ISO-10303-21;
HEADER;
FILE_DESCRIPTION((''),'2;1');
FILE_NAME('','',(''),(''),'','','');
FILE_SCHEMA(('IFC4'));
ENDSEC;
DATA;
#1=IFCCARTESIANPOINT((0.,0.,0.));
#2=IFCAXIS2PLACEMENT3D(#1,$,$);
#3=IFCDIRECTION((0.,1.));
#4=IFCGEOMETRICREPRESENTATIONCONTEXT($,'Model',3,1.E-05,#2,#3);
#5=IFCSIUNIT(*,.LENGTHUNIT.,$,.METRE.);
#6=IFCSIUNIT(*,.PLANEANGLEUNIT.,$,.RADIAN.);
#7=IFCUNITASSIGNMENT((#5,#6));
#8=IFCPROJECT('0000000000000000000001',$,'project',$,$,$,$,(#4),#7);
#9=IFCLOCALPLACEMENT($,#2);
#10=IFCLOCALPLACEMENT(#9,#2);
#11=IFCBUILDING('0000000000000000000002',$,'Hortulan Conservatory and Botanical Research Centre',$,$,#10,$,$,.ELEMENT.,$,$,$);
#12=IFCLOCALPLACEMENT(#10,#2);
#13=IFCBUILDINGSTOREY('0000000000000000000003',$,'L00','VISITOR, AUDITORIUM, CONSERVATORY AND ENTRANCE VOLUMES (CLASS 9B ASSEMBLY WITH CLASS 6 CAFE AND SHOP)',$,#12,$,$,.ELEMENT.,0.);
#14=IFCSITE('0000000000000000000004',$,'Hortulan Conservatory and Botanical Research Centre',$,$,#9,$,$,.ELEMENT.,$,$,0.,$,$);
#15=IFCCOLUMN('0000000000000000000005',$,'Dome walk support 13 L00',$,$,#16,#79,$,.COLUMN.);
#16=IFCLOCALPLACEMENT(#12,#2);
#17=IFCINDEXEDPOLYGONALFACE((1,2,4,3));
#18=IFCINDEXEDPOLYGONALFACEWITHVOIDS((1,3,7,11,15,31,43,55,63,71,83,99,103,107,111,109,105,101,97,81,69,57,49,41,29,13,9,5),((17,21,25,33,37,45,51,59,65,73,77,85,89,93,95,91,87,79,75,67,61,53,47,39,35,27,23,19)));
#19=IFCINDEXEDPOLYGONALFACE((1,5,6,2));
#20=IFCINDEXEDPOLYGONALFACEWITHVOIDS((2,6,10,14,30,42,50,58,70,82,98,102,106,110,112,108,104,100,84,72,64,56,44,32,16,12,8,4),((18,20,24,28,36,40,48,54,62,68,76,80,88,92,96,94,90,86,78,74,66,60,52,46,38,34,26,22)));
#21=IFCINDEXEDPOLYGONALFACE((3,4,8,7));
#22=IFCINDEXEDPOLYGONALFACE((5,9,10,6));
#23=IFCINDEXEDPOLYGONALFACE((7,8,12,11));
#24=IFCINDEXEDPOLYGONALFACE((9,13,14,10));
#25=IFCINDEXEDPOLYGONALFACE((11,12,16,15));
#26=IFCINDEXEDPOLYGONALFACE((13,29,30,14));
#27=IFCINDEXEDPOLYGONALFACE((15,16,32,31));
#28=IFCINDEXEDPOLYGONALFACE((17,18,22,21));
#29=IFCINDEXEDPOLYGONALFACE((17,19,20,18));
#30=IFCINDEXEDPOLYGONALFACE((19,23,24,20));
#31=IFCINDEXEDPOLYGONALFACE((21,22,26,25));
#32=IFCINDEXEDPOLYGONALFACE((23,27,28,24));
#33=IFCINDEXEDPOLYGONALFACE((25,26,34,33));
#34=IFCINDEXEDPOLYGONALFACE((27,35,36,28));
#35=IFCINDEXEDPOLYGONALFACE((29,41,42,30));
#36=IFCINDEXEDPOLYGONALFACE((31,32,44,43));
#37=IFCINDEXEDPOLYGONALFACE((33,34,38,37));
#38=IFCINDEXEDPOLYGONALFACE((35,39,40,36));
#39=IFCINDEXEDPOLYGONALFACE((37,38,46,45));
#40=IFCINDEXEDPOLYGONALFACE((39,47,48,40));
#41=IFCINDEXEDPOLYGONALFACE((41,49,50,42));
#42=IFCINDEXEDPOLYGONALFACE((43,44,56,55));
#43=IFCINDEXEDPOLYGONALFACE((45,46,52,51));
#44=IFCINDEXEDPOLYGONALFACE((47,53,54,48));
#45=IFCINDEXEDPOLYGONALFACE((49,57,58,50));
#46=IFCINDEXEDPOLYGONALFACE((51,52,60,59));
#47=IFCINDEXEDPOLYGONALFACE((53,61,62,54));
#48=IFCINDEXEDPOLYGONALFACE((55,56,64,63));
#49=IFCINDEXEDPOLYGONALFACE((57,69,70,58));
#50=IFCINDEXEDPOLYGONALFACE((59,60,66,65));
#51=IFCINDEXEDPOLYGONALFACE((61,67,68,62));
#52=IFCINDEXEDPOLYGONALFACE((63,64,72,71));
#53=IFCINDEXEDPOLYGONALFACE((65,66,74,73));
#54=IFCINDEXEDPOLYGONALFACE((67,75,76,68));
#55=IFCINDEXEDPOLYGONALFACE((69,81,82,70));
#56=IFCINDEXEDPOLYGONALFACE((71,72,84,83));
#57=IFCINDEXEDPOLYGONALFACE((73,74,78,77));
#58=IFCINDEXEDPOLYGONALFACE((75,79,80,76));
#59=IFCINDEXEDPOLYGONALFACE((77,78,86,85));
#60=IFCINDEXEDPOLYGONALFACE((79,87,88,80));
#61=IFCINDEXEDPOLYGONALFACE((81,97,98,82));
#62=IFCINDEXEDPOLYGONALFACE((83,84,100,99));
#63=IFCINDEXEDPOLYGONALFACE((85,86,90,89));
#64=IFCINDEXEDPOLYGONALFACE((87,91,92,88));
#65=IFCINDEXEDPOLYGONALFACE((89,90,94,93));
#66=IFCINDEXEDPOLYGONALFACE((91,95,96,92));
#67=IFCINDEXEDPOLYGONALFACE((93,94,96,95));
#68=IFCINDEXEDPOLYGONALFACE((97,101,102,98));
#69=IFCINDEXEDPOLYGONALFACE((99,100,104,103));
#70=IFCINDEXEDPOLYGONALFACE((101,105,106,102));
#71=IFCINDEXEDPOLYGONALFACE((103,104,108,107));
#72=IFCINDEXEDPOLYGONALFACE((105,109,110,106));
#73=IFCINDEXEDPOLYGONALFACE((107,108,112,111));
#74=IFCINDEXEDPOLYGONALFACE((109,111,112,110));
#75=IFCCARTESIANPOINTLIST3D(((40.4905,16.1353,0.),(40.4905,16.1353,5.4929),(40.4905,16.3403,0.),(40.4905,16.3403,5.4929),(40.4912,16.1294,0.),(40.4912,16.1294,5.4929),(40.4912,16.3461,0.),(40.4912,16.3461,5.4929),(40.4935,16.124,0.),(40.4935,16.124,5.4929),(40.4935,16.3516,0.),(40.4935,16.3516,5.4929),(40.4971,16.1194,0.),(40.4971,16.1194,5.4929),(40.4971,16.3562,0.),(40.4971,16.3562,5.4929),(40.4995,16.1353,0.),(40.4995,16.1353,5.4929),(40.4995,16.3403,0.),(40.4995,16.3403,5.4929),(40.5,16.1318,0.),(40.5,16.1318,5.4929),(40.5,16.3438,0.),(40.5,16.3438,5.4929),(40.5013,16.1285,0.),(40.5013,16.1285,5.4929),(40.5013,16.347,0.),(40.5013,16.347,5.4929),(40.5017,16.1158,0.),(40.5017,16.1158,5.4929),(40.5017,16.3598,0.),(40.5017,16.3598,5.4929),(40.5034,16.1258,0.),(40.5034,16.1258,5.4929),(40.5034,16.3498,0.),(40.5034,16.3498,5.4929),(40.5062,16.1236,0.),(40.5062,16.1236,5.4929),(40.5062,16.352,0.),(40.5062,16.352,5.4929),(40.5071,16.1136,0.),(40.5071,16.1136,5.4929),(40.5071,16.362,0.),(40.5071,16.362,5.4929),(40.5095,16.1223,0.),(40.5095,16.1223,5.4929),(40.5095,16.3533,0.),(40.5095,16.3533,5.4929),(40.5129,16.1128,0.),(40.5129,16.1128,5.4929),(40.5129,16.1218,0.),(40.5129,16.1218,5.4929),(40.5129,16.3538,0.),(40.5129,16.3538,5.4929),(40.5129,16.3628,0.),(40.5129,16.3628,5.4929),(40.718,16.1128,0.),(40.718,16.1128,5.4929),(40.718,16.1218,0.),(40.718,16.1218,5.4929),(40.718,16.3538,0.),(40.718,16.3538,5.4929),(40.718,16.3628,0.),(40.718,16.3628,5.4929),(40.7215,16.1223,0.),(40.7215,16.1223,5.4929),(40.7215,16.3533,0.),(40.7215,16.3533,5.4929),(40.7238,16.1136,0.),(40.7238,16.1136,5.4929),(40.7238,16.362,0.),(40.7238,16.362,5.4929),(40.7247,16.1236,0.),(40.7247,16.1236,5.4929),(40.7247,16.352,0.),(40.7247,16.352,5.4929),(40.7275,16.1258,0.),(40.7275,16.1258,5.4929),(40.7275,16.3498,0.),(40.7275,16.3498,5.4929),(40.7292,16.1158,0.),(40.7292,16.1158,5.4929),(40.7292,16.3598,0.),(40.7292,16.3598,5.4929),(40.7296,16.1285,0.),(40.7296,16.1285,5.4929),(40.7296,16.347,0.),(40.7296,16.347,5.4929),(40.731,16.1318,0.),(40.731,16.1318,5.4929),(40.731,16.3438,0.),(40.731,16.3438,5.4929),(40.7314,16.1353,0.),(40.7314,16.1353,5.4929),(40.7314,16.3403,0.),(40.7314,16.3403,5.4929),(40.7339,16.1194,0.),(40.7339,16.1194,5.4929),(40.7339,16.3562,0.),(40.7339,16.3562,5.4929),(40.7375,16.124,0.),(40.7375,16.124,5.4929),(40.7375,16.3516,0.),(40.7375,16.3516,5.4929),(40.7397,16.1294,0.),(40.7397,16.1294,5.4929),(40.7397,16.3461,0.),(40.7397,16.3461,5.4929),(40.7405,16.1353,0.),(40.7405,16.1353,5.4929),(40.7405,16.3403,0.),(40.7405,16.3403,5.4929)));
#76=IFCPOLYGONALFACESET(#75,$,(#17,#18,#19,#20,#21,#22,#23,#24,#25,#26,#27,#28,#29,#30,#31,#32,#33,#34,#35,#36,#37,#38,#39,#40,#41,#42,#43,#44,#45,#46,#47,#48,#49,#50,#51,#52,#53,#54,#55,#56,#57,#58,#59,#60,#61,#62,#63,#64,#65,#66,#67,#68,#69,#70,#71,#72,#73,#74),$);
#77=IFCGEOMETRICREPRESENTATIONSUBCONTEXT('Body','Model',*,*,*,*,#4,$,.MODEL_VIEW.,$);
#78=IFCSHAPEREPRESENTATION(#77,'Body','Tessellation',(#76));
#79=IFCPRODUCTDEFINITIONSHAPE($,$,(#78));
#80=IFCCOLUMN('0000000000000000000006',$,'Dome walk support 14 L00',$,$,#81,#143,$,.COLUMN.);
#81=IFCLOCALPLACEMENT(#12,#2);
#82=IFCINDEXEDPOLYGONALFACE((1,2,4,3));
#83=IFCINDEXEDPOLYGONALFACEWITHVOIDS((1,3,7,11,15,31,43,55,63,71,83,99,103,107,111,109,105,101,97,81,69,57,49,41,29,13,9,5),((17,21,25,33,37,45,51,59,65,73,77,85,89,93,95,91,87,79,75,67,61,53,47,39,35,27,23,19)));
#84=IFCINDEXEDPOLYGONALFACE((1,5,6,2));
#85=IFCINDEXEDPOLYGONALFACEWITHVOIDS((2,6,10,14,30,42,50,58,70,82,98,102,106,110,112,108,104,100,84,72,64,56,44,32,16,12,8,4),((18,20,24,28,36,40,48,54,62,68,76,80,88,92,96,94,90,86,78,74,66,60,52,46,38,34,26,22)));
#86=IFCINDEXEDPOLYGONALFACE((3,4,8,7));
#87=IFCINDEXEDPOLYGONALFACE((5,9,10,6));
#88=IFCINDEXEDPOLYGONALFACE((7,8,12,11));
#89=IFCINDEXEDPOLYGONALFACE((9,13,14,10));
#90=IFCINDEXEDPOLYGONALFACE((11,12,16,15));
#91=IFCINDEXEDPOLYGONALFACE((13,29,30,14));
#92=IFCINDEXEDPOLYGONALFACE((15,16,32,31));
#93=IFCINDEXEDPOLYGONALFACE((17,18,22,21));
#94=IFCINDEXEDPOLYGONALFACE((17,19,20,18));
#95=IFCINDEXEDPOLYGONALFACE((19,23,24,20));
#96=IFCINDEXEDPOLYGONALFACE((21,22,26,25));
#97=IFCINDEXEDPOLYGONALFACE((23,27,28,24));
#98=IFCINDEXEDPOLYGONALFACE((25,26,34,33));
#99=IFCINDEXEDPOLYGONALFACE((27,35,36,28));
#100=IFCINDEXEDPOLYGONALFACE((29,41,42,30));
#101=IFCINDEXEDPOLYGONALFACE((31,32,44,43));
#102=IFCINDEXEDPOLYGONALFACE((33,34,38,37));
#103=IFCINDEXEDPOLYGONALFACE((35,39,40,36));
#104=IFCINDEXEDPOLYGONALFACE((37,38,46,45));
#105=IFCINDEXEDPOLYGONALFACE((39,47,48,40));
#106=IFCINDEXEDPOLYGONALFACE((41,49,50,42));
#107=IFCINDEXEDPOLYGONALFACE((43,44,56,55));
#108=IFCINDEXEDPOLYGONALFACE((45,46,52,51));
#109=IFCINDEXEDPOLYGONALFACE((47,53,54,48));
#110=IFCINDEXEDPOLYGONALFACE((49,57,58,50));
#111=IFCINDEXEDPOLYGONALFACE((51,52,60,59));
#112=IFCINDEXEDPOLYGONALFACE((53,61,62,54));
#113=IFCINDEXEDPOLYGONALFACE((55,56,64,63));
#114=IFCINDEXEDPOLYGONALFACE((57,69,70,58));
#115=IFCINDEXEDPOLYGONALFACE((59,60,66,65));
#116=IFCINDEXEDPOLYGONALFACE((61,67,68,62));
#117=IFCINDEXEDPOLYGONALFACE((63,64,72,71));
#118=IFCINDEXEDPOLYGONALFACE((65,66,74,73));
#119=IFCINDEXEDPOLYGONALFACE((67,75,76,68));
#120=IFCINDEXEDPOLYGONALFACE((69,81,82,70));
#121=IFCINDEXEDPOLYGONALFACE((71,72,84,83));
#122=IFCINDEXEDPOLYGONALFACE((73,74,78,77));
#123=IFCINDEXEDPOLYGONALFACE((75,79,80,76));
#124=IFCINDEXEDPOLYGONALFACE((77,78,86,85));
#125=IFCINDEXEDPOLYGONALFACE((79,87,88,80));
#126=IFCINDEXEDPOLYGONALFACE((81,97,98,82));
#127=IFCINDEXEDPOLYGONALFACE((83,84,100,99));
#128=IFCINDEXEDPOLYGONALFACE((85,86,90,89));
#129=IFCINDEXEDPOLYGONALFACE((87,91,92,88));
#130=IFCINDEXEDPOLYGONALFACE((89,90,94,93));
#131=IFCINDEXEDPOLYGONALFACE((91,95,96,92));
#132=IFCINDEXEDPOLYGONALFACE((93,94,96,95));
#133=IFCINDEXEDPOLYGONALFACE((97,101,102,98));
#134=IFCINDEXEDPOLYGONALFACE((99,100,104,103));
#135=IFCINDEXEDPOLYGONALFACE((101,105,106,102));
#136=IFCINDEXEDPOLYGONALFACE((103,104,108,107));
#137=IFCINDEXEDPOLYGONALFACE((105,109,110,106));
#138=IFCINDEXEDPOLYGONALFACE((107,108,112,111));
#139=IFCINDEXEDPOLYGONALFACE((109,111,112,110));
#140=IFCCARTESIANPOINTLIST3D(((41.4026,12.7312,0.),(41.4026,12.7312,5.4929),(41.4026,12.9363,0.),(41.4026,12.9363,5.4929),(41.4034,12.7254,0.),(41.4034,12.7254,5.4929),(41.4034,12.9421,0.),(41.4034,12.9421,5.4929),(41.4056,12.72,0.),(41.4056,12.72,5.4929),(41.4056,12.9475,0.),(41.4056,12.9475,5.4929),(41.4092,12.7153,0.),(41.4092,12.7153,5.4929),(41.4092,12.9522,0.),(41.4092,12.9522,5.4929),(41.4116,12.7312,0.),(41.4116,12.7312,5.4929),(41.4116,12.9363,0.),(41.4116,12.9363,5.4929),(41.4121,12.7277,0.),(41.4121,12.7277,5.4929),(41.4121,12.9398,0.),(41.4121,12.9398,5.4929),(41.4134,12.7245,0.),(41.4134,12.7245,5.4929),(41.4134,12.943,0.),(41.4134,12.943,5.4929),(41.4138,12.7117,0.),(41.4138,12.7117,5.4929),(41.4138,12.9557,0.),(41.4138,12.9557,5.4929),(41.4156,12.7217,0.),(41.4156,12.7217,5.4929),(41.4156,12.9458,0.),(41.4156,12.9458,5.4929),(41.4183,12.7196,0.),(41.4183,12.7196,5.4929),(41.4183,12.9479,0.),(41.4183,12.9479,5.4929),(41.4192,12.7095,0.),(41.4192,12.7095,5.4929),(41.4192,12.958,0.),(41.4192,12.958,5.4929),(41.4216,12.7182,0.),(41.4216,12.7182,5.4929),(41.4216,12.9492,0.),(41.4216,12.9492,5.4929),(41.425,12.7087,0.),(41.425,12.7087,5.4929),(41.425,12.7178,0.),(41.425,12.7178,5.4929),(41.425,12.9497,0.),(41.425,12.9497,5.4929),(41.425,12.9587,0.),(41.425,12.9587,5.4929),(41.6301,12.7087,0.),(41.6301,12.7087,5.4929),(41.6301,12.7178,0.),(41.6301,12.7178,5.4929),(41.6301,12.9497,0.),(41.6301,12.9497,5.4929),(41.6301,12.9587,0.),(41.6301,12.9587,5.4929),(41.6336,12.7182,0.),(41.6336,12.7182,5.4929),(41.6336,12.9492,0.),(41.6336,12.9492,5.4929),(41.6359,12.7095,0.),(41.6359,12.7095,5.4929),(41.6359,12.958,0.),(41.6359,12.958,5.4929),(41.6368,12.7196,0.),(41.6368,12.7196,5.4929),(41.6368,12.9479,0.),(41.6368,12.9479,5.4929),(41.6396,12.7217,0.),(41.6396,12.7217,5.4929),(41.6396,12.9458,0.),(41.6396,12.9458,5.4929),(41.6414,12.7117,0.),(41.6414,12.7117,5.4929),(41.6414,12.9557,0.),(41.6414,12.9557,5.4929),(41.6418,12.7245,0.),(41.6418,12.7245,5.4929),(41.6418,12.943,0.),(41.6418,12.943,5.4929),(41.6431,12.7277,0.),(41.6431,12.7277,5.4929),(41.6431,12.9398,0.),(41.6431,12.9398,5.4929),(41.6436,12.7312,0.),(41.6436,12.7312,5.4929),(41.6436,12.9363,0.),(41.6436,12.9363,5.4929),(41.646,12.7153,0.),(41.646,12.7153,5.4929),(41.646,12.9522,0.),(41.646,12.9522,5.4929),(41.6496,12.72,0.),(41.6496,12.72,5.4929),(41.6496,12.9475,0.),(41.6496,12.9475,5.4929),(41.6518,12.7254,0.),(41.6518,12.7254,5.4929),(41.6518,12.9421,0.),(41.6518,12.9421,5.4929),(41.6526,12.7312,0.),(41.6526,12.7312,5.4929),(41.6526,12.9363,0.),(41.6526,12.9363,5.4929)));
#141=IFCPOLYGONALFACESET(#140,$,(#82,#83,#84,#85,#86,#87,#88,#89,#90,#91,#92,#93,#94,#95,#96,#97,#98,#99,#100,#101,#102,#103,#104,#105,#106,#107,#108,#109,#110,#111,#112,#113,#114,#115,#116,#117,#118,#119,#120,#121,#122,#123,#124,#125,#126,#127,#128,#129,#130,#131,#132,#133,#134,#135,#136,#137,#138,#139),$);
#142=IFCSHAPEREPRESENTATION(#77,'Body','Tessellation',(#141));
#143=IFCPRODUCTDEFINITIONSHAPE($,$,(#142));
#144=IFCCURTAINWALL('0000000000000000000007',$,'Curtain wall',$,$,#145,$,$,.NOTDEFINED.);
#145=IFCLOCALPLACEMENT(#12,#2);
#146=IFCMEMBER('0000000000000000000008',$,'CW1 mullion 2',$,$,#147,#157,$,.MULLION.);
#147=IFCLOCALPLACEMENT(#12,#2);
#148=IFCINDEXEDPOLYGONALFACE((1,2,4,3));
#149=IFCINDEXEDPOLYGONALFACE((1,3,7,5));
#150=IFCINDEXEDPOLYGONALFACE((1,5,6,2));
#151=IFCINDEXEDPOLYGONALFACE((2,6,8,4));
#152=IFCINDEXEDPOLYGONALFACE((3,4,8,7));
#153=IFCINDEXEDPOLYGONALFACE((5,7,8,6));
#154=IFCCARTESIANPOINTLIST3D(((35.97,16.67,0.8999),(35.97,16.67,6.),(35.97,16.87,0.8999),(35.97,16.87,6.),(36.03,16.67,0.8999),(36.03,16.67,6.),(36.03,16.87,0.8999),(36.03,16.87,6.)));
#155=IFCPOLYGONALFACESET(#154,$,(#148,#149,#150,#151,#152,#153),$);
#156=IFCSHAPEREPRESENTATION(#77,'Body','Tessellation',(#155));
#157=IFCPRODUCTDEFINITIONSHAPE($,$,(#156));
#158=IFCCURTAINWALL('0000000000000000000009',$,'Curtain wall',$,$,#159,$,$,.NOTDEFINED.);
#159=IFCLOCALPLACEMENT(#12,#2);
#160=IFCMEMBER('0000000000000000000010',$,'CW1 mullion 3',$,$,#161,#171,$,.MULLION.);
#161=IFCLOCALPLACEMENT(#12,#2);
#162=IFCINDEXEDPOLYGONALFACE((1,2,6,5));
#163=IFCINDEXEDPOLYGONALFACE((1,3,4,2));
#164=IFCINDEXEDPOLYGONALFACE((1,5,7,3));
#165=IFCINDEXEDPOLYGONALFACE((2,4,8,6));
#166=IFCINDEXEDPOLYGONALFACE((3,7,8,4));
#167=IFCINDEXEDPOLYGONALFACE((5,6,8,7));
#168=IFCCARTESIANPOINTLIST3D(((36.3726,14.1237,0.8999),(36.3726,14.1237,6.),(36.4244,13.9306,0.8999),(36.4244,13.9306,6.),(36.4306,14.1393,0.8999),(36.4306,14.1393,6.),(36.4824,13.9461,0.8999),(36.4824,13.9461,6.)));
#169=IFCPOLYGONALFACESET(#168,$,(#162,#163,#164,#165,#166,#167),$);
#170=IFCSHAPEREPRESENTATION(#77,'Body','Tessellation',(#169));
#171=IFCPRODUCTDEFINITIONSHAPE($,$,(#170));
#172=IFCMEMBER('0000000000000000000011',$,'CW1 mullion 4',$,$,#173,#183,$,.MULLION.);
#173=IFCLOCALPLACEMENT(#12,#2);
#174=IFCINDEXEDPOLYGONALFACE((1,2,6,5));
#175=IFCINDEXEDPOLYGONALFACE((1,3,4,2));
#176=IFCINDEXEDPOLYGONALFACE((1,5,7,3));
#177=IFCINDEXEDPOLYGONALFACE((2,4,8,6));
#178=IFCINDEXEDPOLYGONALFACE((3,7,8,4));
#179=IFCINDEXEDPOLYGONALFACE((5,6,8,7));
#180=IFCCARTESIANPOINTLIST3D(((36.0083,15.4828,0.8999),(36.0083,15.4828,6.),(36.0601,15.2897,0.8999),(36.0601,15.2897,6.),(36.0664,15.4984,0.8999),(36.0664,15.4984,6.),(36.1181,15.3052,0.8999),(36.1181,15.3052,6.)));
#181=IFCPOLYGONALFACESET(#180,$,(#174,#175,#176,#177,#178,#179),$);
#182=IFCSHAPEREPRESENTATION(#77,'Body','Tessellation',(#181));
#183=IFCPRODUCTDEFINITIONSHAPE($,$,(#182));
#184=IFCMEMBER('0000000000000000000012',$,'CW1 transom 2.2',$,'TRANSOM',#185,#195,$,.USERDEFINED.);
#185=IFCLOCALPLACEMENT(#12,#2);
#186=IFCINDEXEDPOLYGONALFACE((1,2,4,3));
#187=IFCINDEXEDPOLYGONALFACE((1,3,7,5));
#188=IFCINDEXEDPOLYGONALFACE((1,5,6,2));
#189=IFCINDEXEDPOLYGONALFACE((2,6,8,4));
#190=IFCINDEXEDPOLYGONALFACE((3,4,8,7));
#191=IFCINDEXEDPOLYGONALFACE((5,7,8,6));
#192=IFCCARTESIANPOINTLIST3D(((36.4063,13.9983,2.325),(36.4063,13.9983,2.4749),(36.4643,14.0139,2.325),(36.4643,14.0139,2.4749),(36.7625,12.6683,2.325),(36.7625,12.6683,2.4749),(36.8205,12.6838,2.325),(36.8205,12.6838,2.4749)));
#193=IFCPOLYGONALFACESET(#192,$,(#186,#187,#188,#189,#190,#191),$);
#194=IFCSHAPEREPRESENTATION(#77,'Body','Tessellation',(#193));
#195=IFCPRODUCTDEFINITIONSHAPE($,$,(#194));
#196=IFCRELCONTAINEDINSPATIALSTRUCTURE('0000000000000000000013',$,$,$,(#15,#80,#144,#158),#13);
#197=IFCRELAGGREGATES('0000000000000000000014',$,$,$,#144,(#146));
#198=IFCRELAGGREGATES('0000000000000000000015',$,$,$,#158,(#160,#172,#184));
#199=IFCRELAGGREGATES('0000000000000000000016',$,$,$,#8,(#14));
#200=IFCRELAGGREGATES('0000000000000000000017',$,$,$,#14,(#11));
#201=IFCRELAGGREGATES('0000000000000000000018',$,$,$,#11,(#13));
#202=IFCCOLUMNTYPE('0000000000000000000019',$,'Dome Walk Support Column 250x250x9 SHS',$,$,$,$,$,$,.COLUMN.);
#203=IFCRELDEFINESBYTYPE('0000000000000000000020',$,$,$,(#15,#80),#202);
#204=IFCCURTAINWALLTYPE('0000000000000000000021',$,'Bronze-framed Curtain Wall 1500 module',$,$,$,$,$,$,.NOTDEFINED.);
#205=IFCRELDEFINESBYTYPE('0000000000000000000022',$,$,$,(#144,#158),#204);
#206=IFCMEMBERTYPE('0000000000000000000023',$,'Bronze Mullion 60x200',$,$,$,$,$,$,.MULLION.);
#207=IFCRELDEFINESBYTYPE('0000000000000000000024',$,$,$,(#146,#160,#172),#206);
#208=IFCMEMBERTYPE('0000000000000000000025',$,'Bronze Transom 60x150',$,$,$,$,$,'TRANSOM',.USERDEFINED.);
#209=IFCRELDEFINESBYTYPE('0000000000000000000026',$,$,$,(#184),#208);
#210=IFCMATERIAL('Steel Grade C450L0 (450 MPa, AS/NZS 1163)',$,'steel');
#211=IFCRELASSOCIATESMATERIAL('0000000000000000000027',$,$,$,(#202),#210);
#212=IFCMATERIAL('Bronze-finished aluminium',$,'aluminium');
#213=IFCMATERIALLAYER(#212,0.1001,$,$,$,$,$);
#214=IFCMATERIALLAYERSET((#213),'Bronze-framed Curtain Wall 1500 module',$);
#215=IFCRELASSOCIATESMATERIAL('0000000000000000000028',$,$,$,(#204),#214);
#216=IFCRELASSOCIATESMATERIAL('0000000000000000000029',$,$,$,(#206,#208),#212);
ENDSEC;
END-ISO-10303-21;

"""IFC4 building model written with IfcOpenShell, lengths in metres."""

from ifc_helpers import new_model, si_unit, direction, frame, origin, origin_2d, place, context, subcontext, project, spatial, rectangle, hollow_rectangle, extrude, material, layer, layer_set, material_profile, profile_set, type_object, element, aggregate, save


model = new_model("IFC4")

# Units and contexts
model_context = context("Model", 3, precision=1e-05, world=origin(), true_north=direction((0.0, 1.0)))
body_context = subcontext(model_context, "Body", "Model", "MODEL_VIEW")
ifc_project = project(units=[si_unit("LENGTHUNIT", "METRE"), si_unit("PLANEANGLEUNIT", "RADIAN")], contexts=[model_context])

# Site, building, storey
site_placement = place(None, origin())
site = spatial("IfcSite", under=ifc_project, at=site_placement, Name="Hortulan Conservatory and Botanical Research Centre", CompositionType="ELEMENT", RefElevation=0.0)
building_placement = place(site_placement, origin())
building = spatial("IfcBuilding", under=site, at=building_placement, Name="Hortulan Conservatory and Botanical Research Centre", CompositionType="ELEMENT")
storey_placement = place(building_placement, origin())
storey = spatial("IfcBuildingStorey", under=building, at=storey_placement, Name="L00", Description="VISITOR, AUDITORIUM, CONSERVATORY AND ENTRANCE VOLUMES (CLASS 9B ASSEMBLY WITH CLASS 6 CAFE AND SHOP)", CompositionType="ELEMENT", Elevation=0.0)

# Columns
ifc_material_1 = material(Name="Steel Grade C450L0 (450 MPa, AS/NZS 1163)", Category="steel")
ifc_material_profile_1 = material_profile(ifc_material_1, hollow_rectangle(XDim=0.25, YDim=0.25, WallThickness=0.009, InnerFilletRadius=0.0134, OuterFilletRadius=0.0225, at=origin_2d()), Name="250x250x9SHS")
ifc_profile_set_1 = profile_set([ifc_material_profile_1], Name="Steel Grade C450L0 (450 MPa, AS/NZS 1163)")
column_type = type_object("IfcColumnType", Name="Dome Walk Support Column 250x250x9 SHS", PredefinedType="COLUMN", material=ifc_profile_set_1)
for number, where, z_axis, x_axis, name in (
    (1, (40.6155, 16.2378, 0.0), (0.0, 0.0, 1.0), (1.0, 0.0, 0.0), "Dome walk support 13 L00"),
    (2, (41.5276, 12.8337, 0.0), (0.0, 0.0, 1.0), (1.0, 0.0, 0.0), "Dome walk support 14 L00"),
):
    element("IfcColumn", number, at=place(storey_placement, frame(where, z_axis=z_axis, x_axis=x_axis)), inside=storey, type_object=column_type, Name=name, PredefinedType="COLUMN", context=body_context, shape_type="SweptSolid", body=[
        extrude(hollow_rectangle(XDim=0.25, YDim=0.25, WallThickness=0.009, InnerFilletRadius=0.0134, OuterFilletRadius=0.0225, at=origin_2d()), origin(), (0.0, 0.0, 1.0), 5.4929),
    ])

# Curtain wall, member
ifc_material_2 = material(Name="Bronze-finished aluminium", Category="aluminium")
ifc_layer_1 = layer(ifc_material_2, 0.1001)
ifc_layer_set_1 = layer_set([ifc_layer_1], Name="Bronze-framed Curtain Wall 1500 module")
curtain_wall_type = type_object("IfcCurtainWallType", Name="Bronze-framed Curtain Wall 1500 module", PredefinedType="NOTDEFINED", material=ifc_layer_set_1)
curtain_wall_1_placement = place(storey_placement, origin())
curtain_wall_1 = element("IfcCurtainWall", 3, at=curtain_wall_1_placement, inside=storey, type_object=curtain_wall_type, Name="Curtain wall", PredefinedType="NOTDEFINED")
ifc_material_profile_2 = material_profile(ifc_material_2, rectangle(XDim=0.0601, YDim=0.2, at=origin_2d()), Name="Bronze Mullion 60x200")
ifc_profile_set_2 = profile_set([ifc_material_profile_2], Name="Bronze-finished aluminium")
member_type_1 = type_object("IfcMemberType", Name="Bronze Mullion 60x200", PredefinedType="MULLION", material=ifc_profile_set_2)
member_1_placement = place(storey_placement, frame((36.0, 16.77, 0.8999), z_axis=(0.0, 0.0, 1.0), x_axis=(-1.0, 0.0, 0.0)))
member_1 = element("IfcMember", 4, at=member_1_placement, type_object=member_type_1, Name="CW1 mullion 2", PredefinedType="MULLION", context=body_context, shape_type="SweptSolid", body=[
    extrude(rectangle(XDim=0.0601, YDim=0.2, at=origin_2d()), origin(), (0.0, 0.0, 1.0), 5.1001),
])

# Curtain wall, members
curtain_wall_2_placement = place(storey_placement, origin())
curtain_wall_2 = element("IfcCurtainWall", 5, at=curtain_wall_2_placement, inside=storey, type_object=curtain_wall_type, Name="Curtain wall", PredefinedType="NOTDEFINED")
member_2_placement = place(storey_placement, frame((36.4275, 14.0349, 0.8999), z_axis=(0.0, 0.0, 1.0), x_axis=(-0.965922, -0.258832, 0.0)))
member_2 = element("IfcMember", 6, at=member_2_placement, type_object=member_type_1, Name="CW1 mullion 3", PredefinedType="MULLION", context=body_context, shape_type="SweptSolid", body=[
    extrude(rectangle(XDim=0.0601, YDim=0.2, at=origin_2d()), origin(), (0.0, 0.0, 1.0), 5.1001),
])
member_3_placement = place(storey_placement, frame((36.0632, 15.394, 0.8999), z_axis=(0.0, 0.0, 1.0), x_axis=(-0.965922, -0.258832, 0.0)))
member_3 = element("IfcMember", 7, at=member_3_placement, type_object=member_type_1, Name="CW1 mullion 4", PredefinedType="MULLION", context=body_context, shape_type="SweptSolid", body=[
    extrude(rectangle(XDim=0.0601, YDim=0.2, at=origin_2d()), origin(), (0.0, 0.0, 1.0), 5.1001),
])
ifc_material_profile_3 = material_profile(ifc_material_2, rectangle(XDim=0.0601, YDim=0.1499, at=origin_2d()), Name="Bronze Transom 60x150")
ifc_profile_set_3 = profile_set([ifc_material_profile_3], Name="Bronze-finished aluminium")
member_type_2 = type_object("IfcMemberType", Name="Bronze Transom 60x150", ElementType="TRANSOM", PredefinedType="USERDEFINED", material=ifc_profile_set_3)
member_4_placement = place(storey_placement, frame((36.7915, 12.676, 2.3999), z_axis=(-0.258689, 0.965961, 0.0), x_axis=(-0.965961, -0.258689, 0.0)))
member_4 = element("IfcMember", 8, at=member_4_placement, type_object=member_type_2, Name="CW1 transom 2.2", ObjectType="TRANSOM", PredefinedType="USERDEFINED", context=body_context, shape_type="SweptSolid", body=[
    extrude(rectangle(XDim=0.0601, YDim=0.1499, at=origin_2d()), origin(), (0.0, 0.0, 1.0), 1.377),
])

aggregate(curtain_wall_1, [member_1])
aggregate(curtain_wall_2, [member_2, member_3, member_4])

save(model, "model.ifc")
